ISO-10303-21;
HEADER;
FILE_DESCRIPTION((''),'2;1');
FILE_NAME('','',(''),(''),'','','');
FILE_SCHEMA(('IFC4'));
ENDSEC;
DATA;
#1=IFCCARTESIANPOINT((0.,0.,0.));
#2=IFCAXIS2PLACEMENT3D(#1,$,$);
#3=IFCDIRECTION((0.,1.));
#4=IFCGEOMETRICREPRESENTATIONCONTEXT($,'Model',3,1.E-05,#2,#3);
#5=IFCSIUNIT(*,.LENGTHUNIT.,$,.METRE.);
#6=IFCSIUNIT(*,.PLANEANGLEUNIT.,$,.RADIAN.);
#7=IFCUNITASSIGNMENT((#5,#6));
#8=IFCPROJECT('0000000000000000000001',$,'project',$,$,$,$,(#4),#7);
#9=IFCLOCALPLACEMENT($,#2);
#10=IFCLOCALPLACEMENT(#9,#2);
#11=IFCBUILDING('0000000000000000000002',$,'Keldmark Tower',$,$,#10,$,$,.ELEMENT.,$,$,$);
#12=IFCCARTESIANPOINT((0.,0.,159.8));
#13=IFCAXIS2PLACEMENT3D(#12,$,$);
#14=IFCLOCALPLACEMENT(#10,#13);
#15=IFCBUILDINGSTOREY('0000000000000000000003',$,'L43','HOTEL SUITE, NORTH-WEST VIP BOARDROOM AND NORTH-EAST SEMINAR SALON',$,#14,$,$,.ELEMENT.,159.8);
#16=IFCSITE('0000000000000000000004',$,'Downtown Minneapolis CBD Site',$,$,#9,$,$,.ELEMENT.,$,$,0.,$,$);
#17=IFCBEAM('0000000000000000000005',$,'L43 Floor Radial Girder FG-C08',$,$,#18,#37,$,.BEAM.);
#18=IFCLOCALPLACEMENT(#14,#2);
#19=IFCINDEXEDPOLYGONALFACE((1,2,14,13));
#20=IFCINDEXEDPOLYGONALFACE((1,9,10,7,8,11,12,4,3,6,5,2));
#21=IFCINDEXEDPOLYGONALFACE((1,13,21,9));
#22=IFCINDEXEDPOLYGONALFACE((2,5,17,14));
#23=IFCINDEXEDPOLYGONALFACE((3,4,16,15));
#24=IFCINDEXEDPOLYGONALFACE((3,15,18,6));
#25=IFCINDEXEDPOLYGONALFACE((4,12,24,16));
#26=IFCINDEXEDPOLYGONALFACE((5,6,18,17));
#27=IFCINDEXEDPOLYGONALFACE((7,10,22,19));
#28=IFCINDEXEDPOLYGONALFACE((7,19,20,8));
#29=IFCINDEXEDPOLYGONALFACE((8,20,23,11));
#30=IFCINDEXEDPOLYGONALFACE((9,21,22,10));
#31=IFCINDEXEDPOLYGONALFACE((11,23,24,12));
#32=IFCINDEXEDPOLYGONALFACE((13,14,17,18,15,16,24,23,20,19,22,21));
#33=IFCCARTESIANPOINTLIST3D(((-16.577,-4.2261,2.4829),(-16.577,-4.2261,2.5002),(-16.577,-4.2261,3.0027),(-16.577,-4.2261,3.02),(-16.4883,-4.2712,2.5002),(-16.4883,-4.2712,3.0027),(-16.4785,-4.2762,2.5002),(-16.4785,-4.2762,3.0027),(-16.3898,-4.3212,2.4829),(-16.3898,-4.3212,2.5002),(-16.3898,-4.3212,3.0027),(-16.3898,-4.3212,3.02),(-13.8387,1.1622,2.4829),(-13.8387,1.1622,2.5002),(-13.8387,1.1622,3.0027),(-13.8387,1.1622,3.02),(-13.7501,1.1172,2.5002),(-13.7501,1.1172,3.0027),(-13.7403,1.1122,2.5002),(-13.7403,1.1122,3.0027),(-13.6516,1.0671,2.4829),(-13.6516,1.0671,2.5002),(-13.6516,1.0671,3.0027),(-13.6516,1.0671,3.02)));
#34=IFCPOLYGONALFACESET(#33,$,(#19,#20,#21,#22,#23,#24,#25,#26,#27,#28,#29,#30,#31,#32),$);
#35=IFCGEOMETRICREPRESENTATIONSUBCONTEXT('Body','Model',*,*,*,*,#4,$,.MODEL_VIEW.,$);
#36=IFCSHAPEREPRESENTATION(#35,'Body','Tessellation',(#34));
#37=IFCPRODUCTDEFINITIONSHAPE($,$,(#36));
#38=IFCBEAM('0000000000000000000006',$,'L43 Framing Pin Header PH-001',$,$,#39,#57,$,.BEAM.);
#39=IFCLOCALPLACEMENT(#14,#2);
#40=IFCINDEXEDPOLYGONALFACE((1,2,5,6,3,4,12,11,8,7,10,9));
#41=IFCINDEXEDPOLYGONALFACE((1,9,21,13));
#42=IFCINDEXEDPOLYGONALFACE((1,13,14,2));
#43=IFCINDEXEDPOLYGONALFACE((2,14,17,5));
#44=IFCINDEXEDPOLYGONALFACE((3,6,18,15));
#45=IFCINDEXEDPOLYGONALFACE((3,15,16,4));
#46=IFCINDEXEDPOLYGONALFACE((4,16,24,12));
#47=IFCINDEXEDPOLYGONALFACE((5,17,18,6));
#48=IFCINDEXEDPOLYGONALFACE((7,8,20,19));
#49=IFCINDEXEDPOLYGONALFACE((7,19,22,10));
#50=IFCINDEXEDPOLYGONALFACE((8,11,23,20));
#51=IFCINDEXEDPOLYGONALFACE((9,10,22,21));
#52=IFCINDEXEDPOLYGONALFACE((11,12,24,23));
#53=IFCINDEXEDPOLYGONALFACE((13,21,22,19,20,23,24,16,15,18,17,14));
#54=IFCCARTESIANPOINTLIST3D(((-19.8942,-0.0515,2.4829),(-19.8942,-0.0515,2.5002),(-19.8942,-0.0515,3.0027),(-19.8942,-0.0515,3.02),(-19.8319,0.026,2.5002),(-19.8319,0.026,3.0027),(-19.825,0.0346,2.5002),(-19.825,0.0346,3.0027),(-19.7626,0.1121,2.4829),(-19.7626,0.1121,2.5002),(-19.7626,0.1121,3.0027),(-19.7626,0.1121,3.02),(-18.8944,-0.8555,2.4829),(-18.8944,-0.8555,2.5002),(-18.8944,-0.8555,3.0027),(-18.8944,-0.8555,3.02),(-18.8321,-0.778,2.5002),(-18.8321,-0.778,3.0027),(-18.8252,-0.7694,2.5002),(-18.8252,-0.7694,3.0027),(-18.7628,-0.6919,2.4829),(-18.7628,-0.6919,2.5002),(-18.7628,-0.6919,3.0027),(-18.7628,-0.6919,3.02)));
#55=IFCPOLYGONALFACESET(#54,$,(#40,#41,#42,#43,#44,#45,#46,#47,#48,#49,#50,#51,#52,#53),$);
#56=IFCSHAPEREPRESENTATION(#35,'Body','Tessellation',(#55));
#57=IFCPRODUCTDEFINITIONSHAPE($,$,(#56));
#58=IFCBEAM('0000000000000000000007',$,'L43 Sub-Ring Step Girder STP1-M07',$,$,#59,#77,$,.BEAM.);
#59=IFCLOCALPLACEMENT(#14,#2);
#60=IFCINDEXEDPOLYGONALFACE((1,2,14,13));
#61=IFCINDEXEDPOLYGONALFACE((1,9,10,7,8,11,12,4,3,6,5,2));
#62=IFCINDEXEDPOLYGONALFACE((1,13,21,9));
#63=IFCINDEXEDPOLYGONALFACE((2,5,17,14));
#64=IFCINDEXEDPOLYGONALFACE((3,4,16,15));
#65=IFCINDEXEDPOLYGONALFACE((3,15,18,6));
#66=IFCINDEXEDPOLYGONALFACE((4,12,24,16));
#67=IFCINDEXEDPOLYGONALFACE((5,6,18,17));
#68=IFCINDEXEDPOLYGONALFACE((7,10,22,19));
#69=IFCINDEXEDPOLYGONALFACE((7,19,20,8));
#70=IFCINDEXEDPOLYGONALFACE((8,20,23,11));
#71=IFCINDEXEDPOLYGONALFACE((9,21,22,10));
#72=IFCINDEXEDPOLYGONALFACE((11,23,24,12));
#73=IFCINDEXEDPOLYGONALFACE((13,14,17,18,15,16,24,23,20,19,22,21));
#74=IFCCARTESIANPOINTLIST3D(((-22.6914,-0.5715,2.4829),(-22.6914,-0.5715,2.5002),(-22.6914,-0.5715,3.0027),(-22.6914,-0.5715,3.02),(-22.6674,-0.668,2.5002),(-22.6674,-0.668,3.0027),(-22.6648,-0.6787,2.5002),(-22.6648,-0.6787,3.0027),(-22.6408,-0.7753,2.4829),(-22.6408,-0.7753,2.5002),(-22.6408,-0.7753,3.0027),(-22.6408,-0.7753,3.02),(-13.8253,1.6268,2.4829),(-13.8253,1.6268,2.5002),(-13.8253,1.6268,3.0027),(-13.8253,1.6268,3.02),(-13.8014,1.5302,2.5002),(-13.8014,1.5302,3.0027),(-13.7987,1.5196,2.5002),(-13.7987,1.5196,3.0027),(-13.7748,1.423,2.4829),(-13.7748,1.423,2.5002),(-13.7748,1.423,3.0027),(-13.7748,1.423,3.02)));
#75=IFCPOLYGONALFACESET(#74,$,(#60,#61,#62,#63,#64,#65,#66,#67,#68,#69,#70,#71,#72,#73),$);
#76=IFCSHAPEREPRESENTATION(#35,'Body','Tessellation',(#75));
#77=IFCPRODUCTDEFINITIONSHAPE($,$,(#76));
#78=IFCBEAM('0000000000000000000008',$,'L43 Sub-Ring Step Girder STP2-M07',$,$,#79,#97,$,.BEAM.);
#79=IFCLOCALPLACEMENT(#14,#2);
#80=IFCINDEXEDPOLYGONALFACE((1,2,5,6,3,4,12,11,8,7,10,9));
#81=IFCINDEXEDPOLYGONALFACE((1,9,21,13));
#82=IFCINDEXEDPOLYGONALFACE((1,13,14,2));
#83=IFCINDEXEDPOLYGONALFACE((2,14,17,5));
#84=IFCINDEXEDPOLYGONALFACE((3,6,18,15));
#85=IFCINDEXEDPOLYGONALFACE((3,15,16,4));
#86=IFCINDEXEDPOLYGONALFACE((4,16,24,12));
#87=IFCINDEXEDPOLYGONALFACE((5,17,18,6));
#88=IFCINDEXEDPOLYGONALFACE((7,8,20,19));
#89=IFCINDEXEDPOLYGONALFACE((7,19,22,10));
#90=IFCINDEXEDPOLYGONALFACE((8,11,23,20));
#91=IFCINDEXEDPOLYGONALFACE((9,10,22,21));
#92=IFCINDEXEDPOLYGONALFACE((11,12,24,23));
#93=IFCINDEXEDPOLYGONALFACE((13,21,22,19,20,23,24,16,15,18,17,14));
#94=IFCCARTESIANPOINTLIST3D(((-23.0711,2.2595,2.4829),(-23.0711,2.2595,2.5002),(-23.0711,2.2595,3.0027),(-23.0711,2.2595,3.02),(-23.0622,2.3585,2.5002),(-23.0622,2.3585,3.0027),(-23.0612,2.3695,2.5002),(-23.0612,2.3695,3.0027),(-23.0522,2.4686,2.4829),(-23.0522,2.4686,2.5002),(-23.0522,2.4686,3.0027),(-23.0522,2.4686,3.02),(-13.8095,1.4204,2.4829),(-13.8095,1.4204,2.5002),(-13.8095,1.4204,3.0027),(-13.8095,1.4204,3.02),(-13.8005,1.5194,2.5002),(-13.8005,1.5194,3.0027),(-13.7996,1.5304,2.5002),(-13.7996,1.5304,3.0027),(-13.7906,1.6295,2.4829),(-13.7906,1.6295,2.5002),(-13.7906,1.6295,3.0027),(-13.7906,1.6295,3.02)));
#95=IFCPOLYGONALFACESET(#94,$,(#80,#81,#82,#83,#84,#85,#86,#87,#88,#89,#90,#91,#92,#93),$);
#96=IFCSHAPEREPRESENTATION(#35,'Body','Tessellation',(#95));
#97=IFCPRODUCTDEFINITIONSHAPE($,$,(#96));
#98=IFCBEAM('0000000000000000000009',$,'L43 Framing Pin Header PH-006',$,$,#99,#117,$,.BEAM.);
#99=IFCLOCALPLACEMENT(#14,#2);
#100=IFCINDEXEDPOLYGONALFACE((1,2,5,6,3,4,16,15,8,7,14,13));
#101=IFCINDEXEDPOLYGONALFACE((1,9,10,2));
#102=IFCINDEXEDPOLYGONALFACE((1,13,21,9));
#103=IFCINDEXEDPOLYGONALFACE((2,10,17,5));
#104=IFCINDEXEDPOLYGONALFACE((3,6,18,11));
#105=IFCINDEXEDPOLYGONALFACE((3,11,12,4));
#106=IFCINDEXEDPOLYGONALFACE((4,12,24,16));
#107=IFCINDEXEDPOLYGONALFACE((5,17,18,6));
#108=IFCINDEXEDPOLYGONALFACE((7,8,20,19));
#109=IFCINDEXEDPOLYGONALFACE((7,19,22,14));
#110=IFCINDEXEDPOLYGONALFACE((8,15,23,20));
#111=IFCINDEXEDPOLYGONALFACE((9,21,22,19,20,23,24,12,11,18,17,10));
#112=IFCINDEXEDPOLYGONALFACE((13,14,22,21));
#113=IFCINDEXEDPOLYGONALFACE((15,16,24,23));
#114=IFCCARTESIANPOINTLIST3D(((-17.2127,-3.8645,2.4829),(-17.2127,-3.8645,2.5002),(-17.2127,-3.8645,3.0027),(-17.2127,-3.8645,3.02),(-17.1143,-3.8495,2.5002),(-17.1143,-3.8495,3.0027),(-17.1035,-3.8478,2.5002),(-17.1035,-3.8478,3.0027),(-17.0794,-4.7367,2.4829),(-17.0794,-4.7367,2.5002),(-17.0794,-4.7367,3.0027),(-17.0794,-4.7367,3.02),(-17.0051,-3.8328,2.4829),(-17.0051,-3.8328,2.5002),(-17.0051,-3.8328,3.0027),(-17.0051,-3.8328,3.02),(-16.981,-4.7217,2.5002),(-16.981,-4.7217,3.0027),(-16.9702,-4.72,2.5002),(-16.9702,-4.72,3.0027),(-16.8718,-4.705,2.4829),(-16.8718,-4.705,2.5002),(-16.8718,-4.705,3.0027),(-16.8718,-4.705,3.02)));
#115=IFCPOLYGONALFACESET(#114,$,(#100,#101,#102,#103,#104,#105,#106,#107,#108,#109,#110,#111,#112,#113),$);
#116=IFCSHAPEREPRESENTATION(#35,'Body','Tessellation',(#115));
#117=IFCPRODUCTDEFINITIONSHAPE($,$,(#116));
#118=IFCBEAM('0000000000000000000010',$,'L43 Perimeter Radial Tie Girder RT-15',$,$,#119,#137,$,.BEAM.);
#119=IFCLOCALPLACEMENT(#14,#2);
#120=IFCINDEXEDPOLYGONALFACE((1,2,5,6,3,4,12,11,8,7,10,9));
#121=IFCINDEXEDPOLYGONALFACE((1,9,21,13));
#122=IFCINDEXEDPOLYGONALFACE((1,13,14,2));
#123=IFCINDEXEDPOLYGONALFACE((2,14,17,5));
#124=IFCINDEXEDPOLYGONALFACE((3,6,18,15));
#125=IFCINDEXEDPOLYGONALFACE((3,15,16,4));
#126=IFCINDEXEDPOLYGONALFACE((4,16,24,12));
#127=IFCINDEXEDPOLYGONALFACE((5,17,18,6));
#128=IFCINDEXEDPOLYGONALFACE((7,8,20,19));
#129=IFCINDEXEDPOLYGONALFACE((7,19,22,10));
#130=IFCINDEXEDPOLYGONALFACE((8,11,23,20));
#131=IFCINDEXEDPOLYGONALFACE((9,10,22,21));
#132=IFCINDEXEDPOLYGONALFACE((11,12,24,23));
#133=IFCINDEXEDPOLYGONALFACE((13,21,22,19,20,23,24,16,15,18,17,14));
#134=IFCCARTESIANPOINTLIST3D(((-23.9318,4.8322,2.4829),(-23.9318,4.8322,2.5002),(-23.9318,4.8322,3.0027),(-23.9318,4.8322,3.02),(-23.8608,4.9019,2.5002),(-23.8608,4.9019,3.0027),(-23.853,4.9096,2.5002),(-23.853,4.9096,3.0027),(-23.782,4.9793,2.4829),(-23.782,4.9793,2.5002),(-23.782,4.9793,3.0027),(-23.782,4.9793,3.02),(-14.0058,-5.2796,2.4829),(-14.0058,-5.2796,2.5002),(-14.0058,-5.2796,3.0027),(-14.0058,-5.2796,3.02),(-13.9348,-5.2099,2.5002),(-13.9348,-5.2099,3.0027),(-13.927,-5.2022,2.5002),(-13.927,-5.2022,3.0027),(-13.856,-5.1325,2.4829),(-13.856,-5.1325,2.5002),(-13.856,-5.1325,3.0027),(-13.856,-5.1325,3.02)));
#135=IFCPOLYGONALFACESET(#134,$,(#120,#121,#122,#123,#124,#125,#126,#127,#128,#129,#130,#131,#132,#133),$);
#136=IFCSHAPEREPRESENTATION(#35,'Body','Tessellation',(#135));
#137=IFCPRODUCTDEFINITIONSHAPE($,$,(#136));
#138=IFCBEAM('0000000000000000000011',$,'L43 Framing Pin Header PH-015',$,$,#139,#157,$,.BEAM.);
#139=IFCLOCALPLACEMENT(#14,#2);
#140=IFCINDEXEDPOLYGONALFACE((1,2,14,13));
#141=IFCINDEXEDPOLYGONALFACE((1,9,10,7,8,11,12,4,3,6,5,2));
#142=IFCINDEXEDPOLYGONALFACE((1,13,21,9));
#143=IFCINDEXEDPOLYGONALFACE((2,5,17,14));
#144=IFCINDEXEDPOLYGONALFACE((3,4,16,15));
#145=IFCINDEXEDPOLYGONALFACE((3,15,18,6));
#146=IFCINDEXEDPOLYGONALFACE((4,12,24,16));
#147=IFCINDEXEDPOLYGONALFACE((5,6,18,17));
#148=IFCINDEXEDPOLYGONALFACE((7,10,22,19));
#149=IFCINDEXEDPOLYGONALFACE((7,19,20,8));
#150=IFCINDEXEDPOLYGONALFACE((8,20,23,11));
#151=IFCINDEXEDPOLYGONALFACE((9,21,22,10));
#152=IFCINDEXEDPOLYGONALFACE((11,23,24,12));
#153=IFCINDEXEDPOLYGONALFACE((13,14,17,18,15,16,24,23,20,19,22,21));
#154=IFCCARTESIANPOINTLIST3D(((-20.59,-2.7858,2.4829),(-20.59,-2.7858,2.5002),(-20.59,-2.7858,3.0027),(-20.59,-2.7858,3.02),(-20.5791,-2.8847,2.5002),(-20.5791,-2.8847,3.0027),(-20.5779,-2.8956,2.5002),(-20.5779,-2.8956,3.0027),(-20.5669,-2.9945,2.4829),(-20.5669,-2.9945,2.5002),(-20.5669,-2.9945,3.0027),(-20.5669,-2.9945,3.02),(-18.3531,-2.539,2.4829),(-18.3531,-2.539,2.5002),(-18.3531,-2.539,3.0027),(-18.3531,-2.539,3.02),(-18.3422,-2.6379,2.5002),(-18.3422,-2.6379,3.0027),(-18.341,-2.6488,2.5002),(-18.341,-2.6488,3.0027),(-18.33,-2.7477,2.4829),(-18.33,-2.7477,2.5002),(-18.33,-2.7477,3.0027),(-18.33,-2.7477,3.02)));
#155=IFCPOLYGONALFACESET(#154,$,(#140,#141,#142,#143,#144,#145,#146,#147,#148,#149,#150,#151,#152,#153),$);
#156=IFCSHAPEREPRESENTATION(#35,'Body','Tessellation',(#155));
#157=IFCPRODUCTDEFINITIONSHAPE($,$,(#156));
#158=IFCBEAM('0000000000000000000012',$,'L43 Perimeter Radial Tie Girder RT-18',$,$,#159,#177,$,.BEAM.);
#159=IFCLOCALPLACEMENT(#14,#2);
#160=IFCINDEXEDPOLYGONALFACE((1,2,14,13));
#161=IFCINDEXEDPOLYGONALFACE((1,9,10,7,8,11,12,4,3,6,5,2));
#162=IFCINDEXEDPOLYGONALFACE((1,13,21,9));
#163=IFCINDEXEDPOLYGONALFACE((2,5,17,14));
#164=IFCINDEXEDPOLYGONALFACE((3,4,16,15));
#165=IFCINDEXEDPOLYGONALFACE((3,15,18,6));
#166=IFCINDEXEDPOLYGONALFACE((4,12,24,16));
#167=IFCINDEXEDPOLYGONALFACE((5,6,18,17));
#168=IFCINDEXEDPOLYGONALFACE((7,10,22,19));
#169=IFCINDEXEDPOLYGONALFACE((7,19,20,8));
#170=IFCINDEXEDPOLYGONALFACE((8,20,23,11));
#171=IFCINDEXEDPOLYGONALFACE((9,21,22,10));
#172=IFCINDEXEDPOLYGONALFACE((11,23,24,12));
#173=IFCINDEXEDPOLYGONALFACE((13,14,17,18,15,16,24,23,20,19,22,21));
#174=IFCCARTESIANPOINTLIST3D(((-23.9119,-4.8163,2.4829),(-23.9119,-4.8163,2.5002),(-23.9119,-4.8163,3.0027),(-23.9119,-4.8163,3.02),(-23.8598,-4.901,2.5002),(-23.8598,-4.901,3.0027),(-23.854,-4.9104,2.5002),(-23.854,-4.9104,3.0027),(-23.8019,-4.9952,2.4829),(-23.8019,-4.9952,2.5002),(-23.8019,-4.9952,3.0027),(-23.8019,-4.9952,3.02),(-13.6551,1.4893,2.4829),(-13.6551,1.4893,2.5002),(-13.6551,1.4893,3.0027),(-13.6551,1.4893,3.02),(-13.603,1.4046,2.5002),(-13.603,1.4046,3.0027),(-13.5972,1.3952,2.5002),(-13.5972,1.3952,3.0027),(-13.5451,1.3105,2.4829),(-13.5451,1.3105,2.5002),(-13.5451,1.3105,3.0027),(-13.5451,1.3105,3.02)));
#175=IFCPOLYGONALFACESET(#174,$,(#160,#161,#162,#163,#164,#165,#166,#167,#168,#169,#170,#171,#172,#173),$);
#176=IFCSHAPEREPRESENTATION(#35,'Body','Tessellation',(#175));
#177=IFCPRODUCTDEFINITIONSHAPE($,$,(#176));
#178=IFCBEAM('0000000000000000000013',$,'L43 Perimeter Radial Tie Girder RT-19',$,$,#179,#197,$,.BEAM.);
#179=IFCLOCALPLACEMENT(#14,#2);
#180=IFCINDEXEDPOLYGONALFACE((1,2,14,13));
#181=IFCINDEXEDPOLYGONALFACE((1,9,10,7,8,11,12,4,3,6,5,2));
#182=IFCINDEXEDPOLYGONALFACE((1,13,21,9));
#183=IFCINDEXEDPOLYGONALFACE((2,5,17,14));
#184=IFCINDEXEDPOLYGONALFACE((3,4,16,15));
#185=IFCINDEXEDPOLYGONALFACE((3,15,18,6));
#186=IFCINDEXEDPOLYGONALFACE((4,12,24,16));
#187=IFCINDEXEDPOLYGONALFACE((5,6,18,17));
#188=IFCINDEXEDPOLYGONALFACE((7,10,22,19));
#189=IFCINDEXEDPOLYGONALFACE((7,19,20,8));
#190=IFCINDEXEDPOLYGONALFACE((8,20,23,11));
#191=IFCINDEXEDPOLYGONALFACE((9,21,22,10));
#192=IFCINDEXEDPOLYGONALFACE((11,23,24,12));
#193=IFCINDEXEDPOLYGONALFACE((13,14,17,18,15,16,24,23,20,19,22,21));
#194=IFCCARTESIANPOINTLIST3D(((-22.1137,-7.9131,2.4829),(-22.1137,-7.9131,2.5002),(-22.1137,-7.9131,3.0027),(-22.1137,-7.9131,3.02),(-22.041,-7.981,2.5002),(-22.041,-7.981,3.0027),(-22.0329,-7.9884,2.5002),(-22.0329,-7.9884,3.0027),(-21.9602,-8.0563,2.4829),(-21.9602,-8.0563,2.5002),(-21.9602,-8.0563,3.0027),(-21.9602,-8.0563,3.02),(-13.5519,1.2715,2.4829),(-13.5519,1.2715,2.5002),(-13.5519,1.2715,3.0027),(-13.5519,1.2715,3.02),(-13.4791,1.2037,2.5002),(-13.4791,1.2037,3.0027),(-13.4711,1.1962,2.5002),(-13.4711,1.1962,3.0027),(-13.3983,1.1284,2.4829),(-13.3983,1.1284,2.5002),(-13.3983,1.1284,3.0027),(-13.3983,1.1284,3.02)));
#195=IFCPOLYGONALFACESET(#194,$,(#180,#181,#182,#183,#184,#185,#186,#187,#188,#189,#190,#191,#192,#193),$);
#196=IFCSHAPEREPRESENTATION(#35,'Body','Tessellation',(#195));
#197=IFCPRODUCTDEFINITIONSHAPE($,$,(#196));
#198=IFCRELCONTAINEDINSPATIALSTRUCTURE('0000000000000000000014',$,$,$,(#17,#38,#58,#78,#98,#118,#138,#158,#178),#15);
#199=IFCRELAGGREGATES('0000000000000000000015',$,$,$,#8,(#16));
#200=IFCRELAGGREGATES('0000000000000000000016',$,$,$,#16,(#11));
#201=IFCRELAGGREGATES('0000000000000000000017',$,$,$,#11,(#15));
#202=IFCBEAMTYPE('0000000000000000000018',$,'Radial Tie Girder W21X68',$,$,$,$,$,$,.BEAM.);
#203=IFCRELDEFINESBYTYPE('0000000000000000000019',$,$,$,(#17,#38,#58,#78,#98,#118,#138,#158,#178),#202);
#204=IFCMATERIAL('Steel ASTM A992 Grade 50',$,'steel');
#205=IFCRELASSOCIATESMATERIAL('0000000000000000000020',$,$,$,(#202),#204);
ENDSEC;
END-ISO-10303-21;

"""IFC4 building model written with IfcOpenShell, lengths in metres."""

from ifc_helpers import new_model, si_unit, direction, frame, origin, origin_2d, place, context, subcontext, project, spatial, i_section, extrude, material, material_profile, profile_set, type_object, element, save


model = new_model("IFC4")

# Units and contexts
model_context = context("Model", 3, precision=1e-05, world=origin(), true_north=direction((0.0, 1.0)))
body_context = subcontext(model_context, "Body", "Model", "MODEL_VIEW")
ifc_project = project(units=[si_unit("LENGTHUNIT", "METRE"), si_unit("PLANEANGLEUNIT", "RADIAN")], contexts=[model_context])

# Site, building, storey
site_placement = place(None, origin())
site = spatial("IfcSite", under=ifc_project, at=site_placement, Name="Downtown Minneapolis CBD Site", CompositionType="ELEMENT", RefElevation=0.0)
building_placement = place(site_placement, origin())
building = spatial("IfcBuilding", under=site, at=building_placement, Name="Keldmark Tower", CompositionType="ELEMENT")
storey_placement = place(building_placement, frame((0.0, 0.0, 159.8)))
storey = spatial("IfcBuildingStorey", under=building, at=storey_placement, Name="L43", Description="HOTEL SUITE, NORTH-WEST VIP BOARDROOM AND NORTH-EAST SEMINAR SALON", CompositionType="ELEMENT", Elevation=159.8)

# Beams
ifc_material_1 = material(Name="Steel ASTM A992 Grade 50", Category="steel")
ifc_material_profile_1 = material_profile(ifc_material_1, i_section(OverallWidth=0.21, OverallDepth=0.5371, WebThickness=0.011, FlangeThickness=0.0173, at=origin_2d()), Name="W21X68")
ifc_profile_set_1 = profile_set([ifc_material_profile_1], Name="Steel ASTM A992 Grade 50")
beam_type_1 = type_object("IfcBeamType", Name="Radial Tie Girder W21X68", PredefinedType="BEAM", material=ifc_profile_set_1)
beam_1_placement = place(storey_placement, frame((-16.4834, -4.2737, 2.7515), z_axis=(0.453037, 0.891492, 0.0), x_axis=(-0.891492, 0.453037, 0.0)))
element("IfcBeam", 1, at=beam_1_placement, inside=storey, type_object=beam_type_1, Name="L43 Floor Radial Girder FG-C08", PredefinedType="BEAM", context=body_context, shape_type="SweptSolid", body=[
    extrude(i_section(OverallWidth=0.21, OverallDepth=0.5371, WebThickness=0.011, FlangeThickness=0.0173, at=origin_2d()), origin(), (0.0, 0.0, 1.0), 6.0442),
])
beam_2_placement = place(storey_placement, frame((-18.8286, -0.7737, 2.7515), z_axis=(-0.779288, 0.626666, 0.0), x_axis=(-0.626666, -0.779288, 0.0)))
element("IfcBeam", 2, at=beam_2_placement, inside=storey, type_object=beam_type_1, Name="L43 Framing Pin Header PH-001", PredefinedType="BEAM", context=body_context, shape_type="SweptSolid", body=[
    extrude(i_section(OverallWidth=0.21, OverallDepth=0.5371, WebThickness=0.011, FlangeThickness=0.0173, at=origin_2d()), origin(), (0.0, 0.0, 1.0), 1.283),
])
beam_3_placement = place(storey_placement, frame((-13.8, 1.5249, 2.7515), z_axis=(-0.970611, -0.240655, 0.0), x_axis=(0.240655, -0.970611, 0.0)))
element("IfcBeam", 3, at=beam_3_placement, inside=storey, type_object=beam_type_1, Name="L43 Sub-Ring Step Girder STP1-M07", PredefinedType="BEAM", context=body_context, shape_type="SweptSolid", body=[
    extrude(i_section(OverallWidth=0.21, OverallDepth=0.5371, WebThickness=0.011, FlangeThickness=0.0173, at=origin_2d()), origin(), (0.0, 0.0, 1.0), 9.1345),
])
beam_4_placement = place(storey_placement, frame((-13.8, 1.5249, 2.7515), z_axis=(-0.995921, 0.09023, 0.0), x_axis=(-0.09023, -0.995921, 0.0)))
element("IfcBeam", 4, at=beam_4_placement, inside=storey, type_object=beam_type_1, Name="L43 Sub-Ring Step Girder STP2-M07", PredefinedType="BEAM", context=body_context, shape_type="SweptSolid", body=[
    extrude(i_section(OverallWidth=0.21, OverallDepth=0.5371, WebThickness=0.011, FlangeThickness=0.0173, at=origin_2d()), origin(), (0.0, 0.0, 1.0), 9.2996),
])
beam_5_placement = place(storey_placement, frame((-17.1089, -3.8486, 2.7515), z_axis=(0.151059, -0.988525, 0.0), x_axis=(0.988525, 0.151059, 0.0)))
element("IfcBeam", 5, at=beam_5_placement, inside=storey, type_object=beam_type_1, Name="L43 Framing Pin Header PH-006", PredefinedType="BEAM", context=body_context, shape_type="SweptSolid", body=[
    extrude(i_section(OverallWidth=0.21, OverallDepth=0.5371, WebThickness=0.011, FlangeThickness=0.0173, at=origin_2d()), origin(), (0.0, 0.0, 1.0), 0.8823),
])
beam_6_placement = place(storey_placement, frame((-13.9309, -5.2061, 2.7515), z_axis=(-0.70052, 0.713632, 0.0), x_axis=(-0.713632, -0.70052, 0.0)))
element("IfcBeam", 6, at=beam_6_placement, inside=storey, type_object=beam_type_1, Name="L43 Perimeter Radial Tie Girder RT-15", PredefinedType="BEAM", context=body_context, shape_type="SweptSolid", body=[
    extrude(i_section(OverallWidth=0.21, OverallDepth=0.5371, WebThickness=0.011, FlangeThickness=0.0173, at=origin_2d()), origin(), (0.0, 0.0, 1.0), 14.1694),
])
beam_7_placement = place(storey_placement, frame((-18.3416, -2.6433, 2.7515), z_axis=(-0.993967, -0.109681, 0.0), x_axis=(0.109681, -0.993967, 0.0)))
element("IfcBeam", 7, at=beam_7_placement, inside=storey, type_object=beam_type_1, Name="L43 Framing Pin Header PH-015", PredefinedType="BEAM", context=body_context, shape_type="SweptSolid", body=[
    extrude(i_section(OverallWidth=0.21, OverallDepth=0.5371, WebThickness=0.011, FlangeThickness=0.0173, at=origin_2d()), origin(), (0.0, 0.0, 1.0), 2.2505),
])
beam_8_placement = place(storey_placement, frame((-13.6001, 1.3999, 2.7515), z_axis=(-0.851889, -0.523722, 0.0), x_axis=(0.523722, -0.851889, 0.0)))
element("IfcBeam", 8, at=beam_8_placement, inside=storey, type_object=beam_type_1, Name="L43 Perimeter Radial Tie Girder RT-18", PredefinedType="BEAM", context=body_context, shape_type="SweptSolid", body=[
    extrude(i_section(OverallWidth=0.21, OverallDepth=0.5371, WebThickness=0.011, FlangeThickness=0.0173, at=origin_2d()), origin(), (0.0, 0.0, 1.0), 12.04),
])
beam_9_placement = place(storey_placement, frame((-13.4751, 1.2, 2.7515), z_axis=(-0.681871, -0.731472, 0.0), x_axis=(0.731472, -0.681871, 0.0)))
element("IfcBeam", 9, at=beam_9_placement, inside=storey, type_object=beam_type_1, Name="L43 Perimeter Radial Tie Girder RT-19", PredefinedType="BEAM", context=body_context, shape_type="SweptSolid", body=[
    extrude(i_section(OverallWidth=0.21, OverallDepth=0.5371, WebThickness=0.011, FlangeThickness=0.0173, at=origin_2d()), origin(), (0.0, 0.0, 1.0), 12.5564),
])

save(model, "model.ifc")
